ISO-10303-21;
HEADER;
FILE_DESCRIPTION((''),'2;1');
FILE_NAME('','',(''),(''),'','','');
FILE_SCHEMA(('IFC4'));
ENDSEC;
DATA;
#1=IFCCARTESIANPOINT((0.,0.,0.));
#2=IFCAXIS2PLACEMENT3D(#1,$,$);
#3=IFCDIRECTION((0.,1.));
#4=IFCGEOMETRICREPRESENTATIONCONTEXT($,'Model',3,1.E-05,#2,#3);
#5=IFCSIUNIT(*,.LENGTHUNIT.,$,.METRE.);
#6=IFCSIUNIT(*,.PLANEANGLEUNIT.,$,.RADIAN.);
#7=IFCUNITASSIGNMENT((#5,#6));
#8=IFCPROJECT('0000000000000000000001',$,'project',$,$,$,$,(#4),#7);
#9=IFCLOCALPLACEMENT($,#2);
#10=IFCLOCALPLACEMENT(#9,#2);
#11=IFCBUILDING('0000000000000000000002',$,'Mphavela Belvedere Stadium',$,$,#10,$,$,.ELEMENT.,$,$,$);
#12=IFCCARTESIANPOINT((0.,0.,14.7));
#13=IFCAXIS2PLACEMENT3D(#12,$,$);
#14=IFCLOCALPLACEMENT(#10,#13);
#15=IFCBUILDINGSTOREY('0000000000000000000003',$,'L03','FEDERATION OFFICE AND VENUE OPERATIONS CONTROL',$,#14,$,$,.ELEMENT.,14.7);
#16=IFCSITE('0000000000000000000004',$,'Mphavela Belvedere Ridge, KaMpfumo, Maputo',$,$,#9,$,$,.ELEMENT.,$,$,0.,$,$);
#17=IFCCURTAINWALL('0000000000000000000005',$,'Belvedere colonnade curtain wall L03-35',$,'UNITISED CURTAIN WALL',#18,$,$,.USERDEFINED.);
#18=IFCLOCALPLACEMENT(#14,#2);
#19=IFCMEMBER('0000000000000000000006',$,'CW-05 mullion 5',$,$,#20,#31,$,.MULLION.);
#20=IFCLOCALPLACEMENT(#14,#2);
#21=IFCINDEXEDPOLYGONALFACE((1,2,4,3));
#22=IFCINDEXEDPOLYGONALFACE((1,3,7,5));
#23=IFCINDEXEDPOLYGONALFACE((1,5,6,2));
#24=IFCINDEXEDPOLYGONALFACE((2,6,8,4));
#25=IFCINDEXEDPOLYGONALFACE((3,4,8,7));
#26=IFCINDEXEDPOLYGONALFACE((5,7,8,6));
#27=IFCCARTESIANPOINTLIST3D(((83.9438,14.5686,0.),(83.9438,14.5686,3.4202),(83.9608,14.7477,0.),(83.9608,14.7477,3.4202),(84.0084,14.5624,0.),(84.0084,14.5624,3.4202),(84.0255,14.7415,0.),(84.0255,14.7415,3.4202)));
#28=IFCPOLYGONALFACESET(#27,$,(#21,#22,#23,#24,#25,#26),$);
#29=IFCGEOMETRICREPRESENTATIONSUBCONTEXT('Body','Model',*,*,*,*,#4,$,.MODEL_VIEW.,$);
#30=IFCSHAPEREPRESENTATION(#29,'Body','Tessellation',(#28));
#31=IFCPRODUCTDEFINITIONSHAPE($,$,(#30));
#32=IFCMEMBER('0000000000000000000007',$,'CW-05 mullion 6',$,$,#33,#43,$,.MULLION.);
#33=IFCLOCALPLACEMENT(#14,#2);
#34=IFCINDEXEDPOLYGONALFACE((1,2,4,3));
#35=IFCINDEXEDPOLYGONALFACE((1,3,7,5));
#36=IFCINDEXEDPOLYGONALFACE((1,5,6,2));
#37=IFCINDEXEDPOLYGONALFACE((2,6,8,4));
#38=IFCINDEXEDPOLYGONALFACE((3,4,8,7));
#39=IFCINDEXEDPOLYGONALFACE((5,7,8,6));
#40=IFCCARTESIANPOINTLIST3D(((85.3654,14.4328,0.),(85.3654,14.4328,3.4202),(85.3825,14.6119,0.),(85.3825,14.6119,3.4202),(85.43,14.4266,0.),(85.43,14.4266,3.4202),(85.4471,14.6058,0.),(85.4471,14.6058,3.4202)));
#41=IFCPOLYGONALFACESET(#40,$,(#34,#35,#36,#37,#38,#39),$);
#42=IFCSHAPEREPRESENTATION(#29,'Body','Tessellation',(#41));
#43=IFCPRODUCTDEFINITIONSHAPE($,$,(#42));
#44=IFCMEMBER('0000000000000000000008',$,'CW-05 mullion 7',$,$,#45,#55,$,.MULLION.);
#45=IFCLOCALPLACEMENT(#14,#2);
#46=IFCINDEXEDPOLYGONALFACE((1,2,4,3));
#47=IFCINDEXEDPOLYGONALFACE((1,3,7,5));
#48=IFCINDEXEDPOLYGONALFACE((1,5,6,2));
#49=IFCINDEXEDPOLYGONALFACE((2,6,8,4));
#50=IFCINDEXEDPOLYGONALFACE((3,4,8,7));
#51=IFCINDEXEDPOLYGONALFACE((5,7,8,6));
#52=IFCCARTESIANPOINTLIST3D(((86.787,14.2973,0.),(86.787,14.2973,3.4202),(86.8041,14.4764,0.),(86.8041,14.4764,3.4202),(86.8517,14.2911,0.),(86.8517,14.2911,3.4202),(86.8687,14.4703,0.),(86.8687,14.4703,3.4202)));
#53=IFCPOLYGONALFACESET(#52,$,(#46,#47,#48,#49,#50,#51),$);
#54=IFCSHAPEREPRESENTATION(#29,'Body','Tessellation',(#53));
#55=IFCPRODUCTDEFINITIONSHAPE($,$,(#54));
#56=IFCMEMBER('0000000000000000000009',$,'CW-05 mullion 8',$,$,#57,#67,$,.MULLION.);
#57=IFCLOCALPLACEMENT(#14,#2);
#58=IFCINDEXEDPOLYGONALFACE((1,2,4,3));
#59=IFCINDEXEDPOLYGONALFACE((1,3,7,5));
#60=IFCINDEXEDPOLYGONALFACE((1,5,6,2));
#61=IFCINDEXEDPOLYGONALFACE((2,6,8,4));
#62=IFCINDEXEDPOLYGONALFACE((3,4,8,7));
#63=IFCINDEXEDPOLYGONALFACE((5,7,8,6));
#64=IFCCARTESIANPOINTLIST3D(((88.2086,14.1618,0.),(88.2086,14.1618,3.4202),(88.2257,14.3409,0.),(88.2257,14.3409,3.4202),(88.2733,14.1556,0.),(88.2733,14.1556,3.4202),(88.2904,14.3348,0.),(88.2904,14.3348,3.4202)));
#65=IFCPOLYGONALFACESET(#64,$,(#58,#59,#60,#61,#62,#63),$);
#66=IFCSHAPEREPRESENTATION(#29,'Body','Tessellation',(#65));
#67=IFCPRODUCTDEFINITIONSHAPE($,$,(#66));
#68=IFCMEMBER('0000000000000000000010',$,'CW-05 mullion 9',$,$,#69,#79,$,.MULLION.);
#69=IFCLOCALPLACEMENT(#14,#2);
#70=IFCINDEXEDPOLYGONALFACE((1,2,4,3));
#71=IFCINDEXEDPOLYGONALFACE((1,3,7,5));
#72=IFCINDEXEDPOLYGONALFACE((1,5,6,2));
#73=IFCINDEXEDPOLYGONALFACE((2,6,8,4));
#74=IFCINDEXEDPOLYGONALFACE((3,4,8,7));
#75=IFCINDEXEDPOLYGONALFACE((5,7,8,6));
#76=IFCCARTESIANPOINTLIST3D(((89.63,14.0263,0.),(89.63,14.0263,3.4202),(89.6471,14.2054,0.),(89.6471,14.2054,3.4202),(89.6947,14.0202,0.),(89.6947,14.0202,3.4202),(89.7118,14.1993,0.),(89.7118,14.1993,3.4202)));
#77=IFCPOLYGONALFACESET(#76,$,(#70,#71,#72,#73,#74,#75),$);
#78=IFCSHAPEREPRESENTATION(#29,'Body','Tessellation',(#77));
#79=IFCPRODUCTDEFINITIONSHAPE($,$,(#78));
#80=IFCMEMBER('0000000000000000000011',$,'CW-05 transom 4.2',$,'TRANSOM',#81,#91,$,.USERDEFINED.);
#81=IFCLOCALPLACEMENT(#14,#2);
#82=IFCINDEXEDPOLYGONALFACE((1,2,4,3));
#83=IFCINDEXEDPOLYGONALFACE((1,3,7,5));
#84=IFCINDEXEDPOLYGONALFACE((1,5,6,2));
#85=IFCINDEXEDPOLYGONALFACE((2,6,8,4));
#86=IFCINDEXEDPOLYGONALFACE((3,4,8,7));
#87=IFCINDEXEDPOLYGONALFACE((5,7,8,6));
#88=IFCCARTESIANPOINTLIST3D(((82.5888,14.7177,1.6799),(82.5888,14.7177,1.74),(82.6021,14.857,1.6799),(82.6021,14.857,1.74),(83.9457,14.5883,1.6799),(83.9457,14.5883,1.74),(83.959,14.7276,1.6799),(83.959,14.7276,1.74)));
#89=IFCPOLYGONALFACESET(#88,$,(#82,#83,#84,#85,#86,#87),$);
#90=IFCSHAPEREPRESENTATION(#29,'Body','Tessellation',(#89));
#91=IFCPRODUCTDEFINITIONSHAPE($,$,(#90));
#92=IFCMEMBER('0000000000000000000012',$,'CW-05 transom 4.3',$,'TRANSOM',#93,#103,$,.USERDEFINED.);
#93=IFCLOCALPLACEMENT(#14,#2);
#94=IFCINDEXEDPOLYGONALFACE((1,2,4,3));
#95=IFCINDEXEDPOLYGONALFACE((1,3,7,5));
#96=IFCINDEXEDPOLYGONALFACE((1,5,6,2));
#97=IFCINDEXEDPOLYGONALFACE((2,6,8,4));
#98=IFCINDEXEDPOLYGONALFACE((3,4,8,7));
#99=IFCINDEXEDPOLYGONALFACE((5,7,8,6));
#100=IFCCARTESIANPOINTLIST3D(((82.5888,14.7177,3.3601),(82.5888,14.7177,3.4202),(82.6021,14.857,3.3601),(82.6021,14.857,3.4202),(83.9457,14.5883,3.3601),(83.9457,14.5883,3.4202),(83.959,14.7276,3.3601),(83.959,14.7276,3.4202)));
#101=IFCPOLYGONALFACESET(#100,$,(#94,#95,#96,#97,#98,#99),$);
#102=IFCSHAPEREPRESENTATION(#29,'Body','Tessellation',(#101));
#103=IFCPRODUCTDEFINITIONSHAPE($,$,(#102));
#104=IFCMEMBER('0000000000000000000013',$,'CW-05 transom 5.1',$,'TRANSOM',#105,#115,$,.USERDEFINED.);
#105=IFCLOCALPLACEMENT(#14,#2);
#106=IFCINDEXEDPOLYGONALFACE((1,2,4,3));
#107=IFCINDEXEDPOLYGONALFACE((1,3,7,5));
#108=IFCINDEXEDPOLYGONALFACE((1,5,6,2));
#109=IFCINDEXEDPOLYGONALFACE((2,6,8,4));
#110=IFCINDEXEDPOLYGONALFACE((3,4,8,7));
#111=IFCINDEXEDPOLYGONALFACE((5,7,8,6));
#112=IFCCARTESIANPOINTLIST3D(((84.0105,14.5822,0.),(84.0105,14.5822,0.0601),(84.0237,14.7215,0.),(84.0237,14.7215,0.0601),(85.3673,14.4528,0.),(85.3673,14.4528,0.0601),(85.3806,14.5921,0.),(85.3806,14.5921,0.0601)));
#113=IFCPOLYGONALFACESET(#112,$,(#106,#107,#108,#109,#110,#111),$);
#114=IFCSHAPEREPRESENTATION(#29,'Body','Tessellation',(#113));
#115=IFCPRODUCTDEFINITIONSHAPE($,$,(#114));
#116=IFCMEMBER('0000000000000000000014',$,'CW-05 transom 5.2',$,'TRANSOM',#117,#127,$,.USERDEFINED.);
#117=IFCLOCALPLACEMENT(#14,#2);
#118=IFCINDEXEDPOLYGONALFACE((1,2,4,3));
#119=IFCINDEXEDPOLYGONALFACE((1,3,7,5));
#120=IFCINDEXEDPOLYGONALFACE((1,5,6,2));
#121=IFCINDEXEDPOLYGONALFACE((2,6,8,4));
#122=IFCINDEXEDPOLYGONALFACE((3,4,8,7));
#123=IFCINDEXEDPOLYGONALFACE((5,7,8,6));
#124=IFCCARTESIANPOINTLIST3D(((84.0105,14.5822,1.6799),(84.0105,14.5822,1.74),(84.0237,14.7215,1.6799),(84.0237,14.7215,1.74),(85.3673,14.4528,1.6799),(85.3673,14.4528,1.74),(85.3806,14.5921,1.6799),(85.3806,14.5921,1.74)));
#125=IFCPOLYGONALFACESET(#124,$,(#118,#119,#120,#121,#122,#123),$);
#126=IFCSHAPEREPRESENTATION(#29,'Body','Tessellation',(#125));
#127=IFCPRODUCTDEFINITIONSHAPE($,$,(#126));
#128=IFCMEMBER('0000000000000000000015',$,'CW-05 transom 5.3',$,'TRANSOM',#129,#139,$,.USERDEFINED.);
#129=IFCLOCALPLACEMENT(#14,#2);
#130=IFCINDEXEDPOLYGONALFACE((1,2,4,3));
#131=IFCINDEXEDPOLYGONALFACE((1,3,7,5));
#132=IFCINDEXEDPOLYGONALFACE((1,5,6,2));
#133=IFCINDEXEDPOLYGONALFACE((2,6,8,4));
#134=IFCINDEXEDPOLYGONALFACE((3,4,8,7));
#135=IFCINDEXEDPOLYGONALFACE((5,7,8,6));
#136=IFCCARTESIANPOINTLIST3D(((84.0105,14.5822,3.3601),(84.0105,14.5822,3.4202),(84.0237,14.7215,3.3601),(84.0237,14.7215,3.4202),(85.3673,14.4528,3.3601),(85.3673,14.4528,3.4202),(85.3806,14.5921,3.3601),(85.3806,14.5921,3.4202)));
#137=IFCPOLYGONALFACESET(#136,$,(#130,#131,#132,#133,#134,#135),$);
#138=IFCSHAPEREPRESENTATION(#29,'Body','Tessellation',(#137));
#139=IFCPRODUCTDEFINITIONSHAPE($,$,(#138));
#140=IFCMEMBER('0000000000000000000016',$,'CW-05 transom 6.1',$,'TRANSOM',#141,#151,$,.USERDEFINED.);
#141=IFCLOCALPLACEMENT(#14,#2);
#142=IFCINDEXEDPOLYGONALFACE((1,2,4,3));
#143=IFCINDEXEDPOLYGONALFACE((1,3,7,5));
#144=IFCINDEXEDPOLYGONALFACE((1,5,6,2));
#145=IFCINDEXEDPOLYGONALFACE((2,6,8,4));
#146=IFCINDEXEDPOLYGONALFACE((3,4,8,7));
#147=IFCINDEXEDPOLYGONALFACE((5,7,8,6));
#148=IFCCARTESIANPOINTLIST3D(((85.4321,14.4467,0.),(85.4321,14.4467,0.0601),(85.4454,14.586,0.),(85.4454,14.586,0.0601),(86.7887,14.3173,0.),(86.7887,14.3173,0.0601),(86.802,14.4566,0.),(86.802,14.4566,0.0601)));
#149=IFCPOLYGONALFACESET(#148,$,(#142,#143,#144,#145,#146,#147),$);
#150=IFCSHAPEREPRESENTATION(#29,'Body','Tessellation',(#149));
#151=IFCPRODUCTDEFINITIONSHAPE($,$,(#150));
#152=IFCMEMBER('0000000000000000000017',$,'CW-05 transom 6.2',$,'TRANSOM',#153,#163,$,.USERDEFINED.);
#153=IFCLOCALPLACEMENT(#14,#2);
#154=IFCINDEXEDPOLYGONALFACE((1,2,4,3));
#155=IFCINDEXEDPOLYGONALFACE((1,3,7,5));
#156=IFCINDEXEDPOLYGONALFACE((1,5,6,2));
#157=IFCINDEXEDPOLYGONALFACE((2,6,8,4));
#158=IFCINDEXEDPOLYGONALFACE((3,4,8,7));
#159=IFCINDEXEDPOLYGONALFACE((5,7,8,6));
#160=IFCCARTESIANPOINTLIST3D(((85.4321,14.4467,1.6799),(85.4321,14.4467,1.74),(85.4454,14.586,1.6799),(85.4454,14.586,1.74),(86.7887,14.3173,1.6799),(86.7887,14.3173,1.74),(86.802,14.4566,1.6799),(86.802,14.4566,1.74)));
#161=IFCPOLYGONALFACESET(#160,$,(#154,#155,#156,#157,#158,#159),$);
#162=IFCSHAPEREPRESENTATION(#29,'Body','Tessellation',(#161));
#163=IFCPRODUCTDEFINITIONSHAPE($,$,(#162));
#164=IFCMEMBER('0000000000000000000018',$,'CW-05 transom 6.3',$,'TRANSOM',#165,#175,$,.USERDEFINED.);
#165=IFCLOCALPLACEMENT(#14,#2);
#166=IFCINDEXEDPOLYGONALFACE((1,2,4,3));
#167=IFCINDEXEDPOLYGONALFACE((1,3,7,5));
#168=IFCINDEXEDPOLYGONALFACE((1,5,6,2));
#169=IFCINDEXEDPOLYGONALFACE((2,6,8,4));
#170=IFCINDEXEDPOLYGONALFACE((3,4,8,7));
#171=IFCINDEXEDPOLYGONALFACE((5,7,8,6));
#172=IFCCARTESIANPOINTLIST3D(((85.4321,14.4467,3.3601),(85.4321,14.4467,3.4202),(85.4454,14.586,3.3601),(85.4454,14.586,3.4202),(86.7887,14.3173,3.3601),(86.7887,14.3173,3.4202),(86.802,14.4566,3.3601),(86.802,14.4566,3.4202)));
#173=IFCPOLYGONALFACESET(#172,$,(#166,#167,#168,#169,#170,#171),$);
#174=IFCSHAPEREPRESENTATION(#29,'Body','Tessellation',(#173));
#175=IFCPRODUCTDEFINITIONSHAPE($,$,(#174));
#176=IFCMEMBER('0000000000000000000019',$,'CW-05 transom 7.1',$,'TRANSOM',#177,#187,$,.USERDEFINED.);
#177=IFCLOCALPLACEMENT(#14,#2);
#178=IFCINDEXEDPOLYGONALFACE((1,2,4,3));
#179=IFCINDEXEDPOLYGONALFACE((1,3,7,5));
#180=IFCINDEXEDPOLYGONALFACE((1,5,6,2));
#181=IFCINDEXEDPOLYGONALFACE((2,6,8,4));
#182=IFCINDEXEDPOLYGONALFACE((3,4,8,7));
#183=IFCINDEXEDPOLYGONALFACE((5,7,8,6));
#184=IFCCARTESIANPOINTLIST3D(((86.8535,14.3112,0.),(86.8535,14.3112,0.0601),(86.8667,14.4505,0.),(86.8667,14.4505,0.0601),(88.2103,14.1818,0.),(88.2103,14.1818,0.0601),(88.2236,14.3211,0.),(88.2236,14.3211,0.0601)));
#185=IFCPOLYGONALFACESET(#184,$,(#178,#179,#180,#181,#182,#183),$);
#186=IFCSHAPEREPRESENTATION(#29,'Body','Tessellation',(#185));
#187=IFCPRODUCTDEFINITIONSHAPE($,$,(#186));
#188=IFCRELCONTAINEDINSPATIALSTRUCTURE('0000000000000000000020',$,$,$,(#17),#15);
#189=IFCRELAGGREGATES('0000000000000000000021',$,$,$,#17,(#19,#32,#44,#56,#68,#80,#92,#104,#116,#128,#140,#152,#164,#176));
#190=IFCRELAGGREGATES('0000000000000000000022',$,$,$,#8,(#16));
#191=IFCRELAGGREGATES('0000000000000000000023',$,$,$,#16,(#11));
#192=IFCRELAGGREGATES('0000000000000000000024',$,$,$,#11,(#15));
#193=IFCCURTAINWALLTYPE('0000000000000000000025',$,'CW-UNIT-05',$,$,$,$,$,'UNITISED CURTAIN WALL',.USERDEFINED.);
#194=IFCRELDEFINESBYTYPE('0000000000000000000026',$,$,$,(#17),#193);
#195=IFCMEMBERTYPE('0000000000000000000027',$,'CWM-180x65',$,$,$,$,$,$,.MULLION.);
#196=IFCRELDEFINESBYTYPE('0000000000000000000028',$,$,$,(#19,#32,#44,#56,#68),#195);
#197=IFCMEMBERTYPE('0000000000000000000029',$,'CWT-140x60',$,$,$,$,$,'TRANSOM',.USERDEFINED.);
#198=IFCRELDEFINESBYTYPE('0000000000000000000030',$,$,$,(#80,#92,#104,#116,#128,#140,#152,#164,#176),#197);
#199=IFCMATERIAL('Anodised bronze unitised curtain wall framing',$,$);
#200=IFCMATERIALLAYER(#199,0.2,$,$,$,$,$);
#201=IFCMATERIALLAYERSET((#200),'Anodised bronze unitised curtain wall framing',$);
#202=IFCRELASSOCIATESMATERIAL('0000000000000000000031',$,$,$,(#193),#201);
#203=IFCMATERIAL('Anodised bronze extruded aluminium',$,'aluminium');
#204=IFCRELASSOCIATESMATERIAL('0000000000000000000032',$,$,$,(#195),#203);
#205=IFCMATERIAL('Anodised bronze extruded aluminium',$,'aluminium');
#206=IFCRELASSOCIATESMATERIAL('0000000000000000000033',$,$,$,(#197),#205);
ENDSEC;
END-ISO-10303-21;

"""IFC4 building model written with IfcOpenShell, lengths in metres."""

from ifc_helpers import new_model, si_unit, direction, frame, origin, origin_2d, place, context, subcontext, project, spatial, rectangle, extrude, material, layer, layer_set, material_profile, profile_set, type_object, element, aggregate, save


model = new_model("IFC4")

# Units and contexts
model_context = context("Model", 3, precision=1e-05, world=origin(), true_north=direction((0.0, 1.0)))
body_context = subcontext(model_context, "Body", "Model", "MODEL_VIEW")
ifc_project = project(units=[si_unit("LENGTHUNIT", "METRE"), si_unit("PLANEANGLEUNIT", "RADIAN")], contexts=[model_context])

# Site, building, storey
site_placement = place(None, origin())
site = spatial("IfcSite", under=ifc_project, at=site_placement, Name="Mphavela Belvedere Ridge, KaMpfumo, Maputo", CompositionType="ELEMENT", RefElevation=0.0)
building_placement = place(site_placement, origin())
building = spatial("IfcBuilding", under=site, at=building_placement, Name="Mphavela Belvedere Stadium", CompositionType="ELEMENT")
storey_placement = place(building_placement, frame((0.0, 0.0, 14.7)))
storey = spatial("IfcBuildingStorey", under=building, at=storey_placement, Name="L03", Description="FEDERATION OFFICE AND VENUE OPERATIONS CONTROL", CompositionType="ELEMENT", Elevation=14.7)

# Curtain wall, members
ifc_material_1 = material(Name="Anodised bronze unitised curtain wall framing")
ifc_layer_1 = layer(ifc_material_1, 0.2)
ifc_layer_set_1 = layer_set([ifc_layer_1], Name="Anodised bronze unitised curtain wall framing")
curtain_wall_type = type_object("IfcCurtainWallType", Name="CW-UNIT-05", ElementType="UNITISED CURTAIN WALL", PredefinedType="USERDEFINED", material=ifc_layer_set_1)
curtain_wall_placement = place(storey_placement, origin())
curtain_wall = element("IfcCurtainWall", 1, at=curtain_wall_placement, inside=storey, type_object=curtain_wall_type, Name="Belvedere colonnade curtain wall L03-35", ObjectType="UNITISED CURTAIN WALL", PredefinedType="USERDEFINED")
ifc_material_2 = material(Name="Anodised bronze extruded aluminium", Category="aluminium")
ifc_material_profile_1 = material_profile(ifc_material_2, rectangle(XDim=0.1799, YDim=0.0649, at=origin_2d()), Name="CW-MUL 180x65")
ifc_profile_set_1 = profile_set([ifc_material_profile_1], Name="Anodised bronze extruded aluminium")
member_type_1 = type_object("IfcMemberType", Name="CWM-180x65", PredefinedType="MULLION", material=ifc_profile_set_1)
member_1_placement = place(storey_placement, frame((83.9846, 14.655, 0.0), z_axis=(0.0, 0.0, 1.0), x_axis=(0.094929, 0.995484, 0.0)))
member_1 = element("IfcMember", 2, at=member_1_placement, type_object=member_type_1, Name="CW-05 mullion 5", PredefinedType="MULLION", context=body_context, shape_type="SweptSolid", body=[
    extrude(rectangle(XDim=0.1799, YDim=0.0649, at=origin_2d()), origin(), (0.0, 0.0, 1.0), 3.4202),
])
member_2_placement = place(storey_placement, frame((85.4062, 14.5193, 0.0), z_axis=(0.0, 0.0, 1.0), x_axis=(0.094929, 0.995484, 0.0)))
member_2 = element("IfcMember", 3, at=member_2_placement, type_object=member_type_1, Name="CW-05 mullion 6", PredefinedType="MULLION", context=body_context, shape_type="SweptSolid", body=[
    extrude(rectangle(XDim=0.1799, YDim=0.0649, at=origin_2d()), origin(), (0.0, 0.0, 1.0), 3.4202),
])
member_3_placement = place(storey_placement, frame((86.8279, 14.3838, 0.0), z_axis=(0.0, 0.0, 1.0), x_axis=(0.094929, 0.995484, 0.0)))
member_3 = element("IfcMember", 4, at=member_3_placement, type_object=member_type_1, Name="CW-05 mullion 7", PredefinedType="MULLION", context=body_context, shape_type="SweptSolid", body=[
    extrude(rectangle(XDim=0.1799, YDim=0.0649, at=origin_2d()), origin(), (0.0, 0.0, 1.0), 3.4202),
])
member_4_placement = place(storey_placement, frame((88.2495, 14.2483, 0.0), z_axis=(0.0, 0.0, 1.0), x_axis=(0.094929, 0.995484, 0.0)))
member_4 = element("IfcMember", 5, at=member_4_placement, type_object=member_type_1, Name="CW-05 mullion 8", PredefinedType="MULLION", context=body_context, shape_type="SweptSolid", body=[
    extrude(rectangle(XDim=0.1799, YDim=0.0649, at=origin_2d()), origin(), (0.0, 0.0, 1.0), 3.4202),
])
member_5_placement = place(storey_placement, frame((89.6709, 14.1128, 0.0), z_axis=(0.0, 0.0, 1.0), x_axis=(0.094929, 0.995484, 0.0)))
member_5 = element("IfcMember", 6, at=member_5_placement, type_object=member_type_1, Name="CW-05 mullion 9", PredefinedType="MULLION", context=body_context, shape_type="SweptSolid", body=[
    extrude(rectangle(XDim=0.1799, YDim=0.0649, at=origin_2d()), origin(), (0.0, 0.0, 1.0), 3.4202),
])
ifc_material_3 = material(Name="Anodised bronze extruded aluminium", Category="aluminium")
ifc_material_profile_2 = material_profile(ifc_material_3, rectangle(XDim=0.1399, YDim=0.0601, at=origin_2d()), Name="CW-TRN 140x60")
ifc_profile_set_2 = profile_set([ifc_material_profile_2], Name="Anodised bronze extruded aluminium")
member_type_2 = type_object("IfcMemberType", Name="CWT-140x60", ElementType="TRANSOM", PredefinedType="USERDEFINED", material=ifc_profile_set_2)
member_6_placement = place(storey_placement, frame((82.5955, 14.7874, 1.71), z_axis=(0.995484, -0.094927, 0.0), x_axis=(0.094927, 0.995484, 0.0)))
member_6 = element("IfcMember", 7, at=member_6_placement, type_object=member_type_2, Name="CW-05 transom 4.2", ObjectType="TRANSOM", PredefinedType="USERDEFINED", context=body_context, shape_type="SweptSolid", body=[
    extrude(rectangle(XDim=0.1399, YDim=0.0601, at=origin_2d()), origin(), (0.0, 0.0, 1.0), 1.363),
])
member_7_placement = place(storey_placement, frame((82.5955, 14.7874, 3.3901), z_axis=(0.995484, -0.094927, 0.0), x_axis=(0.094927, 0.995484, 0.0)))
member_7 = element("IfcMember", 8, at=member_7_placement, type_object=member_type_2, Name="CW-05 transom 4.3", ObjectType="TRANSOM", PredefinedType="USERDEFINED", context=body_context, shape_type="SweptSolid", body=[
    extrude(rectangle(XDim=0.1399, YDim=0.0601, at=origin_2d()), origin(), (0.0, 0.0, 1.0), 1.363),
])
member_8_placement = place(storey_placement, frame((84.0171, 14.6519, 0.03), z_axis=(0.995484, -0.094927, 0.0), x_axis=(0.094927, 0.995484, 0.0)))
member_8 = element("IfcMember", 9, at=member_8_placement, type_object=member_type_2, Name="CW-05 transom 5.1", ObjectType="TRANSOM", PredefinedType="USERDEFINED", context=body_context, shape_type="SweptSolid", body=[
    extrude(rectangle(XDim=0.1399, YDim=0.0601, at=origin_2d()), origin(), (0.0, 0.0, 1.0), 1.363),
])
member_9_placement = place(storey_placement, frame((84.0171, 14.6519, 1.71), z_axis=(0.995484, -0.094927, 0.0), x_axis=(0.094927, 0.995484, 0.0)))
member_9 = element("IfcMember", 10, at=member_9_placement, type_object=member_type_2, Name="CW-05 transom 5.2", ObjectType="TRANSOM", PredefinedType="USERDEFINED", context=body_context, shape_type="SweptSolid", body=[
    extrude(rectangle(XDim=0.1399, YDim=0.0601, at=origin_2d()), origin(), (0.0, 0.0, 1.0), 1.363),
])
member_10_placement = place(storey_placement, frame((84.0171, 14.6519, 3.3901), z_axis=(0.995484, -0.094927, 0.0), x_axis=(0.094927, 0.995484, 0.0)))
member_10 = element("IfcMember", 11, at=member_10_placement, type_object=member_type_2, Name="CW-05 transom 5.3", ObjectType="TRANSOM", PredefinedType="USERDEFINED", context=body_context, shape_type="SweptSolid", body=[
    extrude(rectangle(XDim=0.1399, YDim=0.0601, at=origin_2d()), origin(), (0.0, 0.0, 1.0), 1.363),
])
member_11_placement = place(storey_placement, frame((85.4387, 14.5164, 0.03), z_axis=(0.995483, -0.094944, 0.0), x_axis=(0.094944, 0.995483, 0.0)))
member_11 = element("IfcMember", 12, at=member_11_placement, type_object=member_type_2, Name="CW-05 transom 6.1", ObjectType="TRANSOM", PredefinedType="USERDEFINED", context=body_context, shape_type="SweptSolid", body=[
    extrude(rectangle(XDim=0.1399, YDim=0.0601, at=origin_2d()), origin(), (0.0, 0.0, 1.0), 1.3628),
])
member_12_placement = place(storey_placement, frame((85.4387, 14.5164, 1.71), z_axis=(0.995483, -0.094944, 0.0), x_axis=(0.094944, 0.995483, 0.0)))
member_12 = element("IfcMember", 13, at=member_12_placement, type_object=member_type_2, Name="CW-05 transom 6.2", ObjectType="TRANSOM", PredefinedType="USERDEFINED", context=body_context, shape_type="SweptSolid", body=[
    extrude(rectangle(XDim=0.1399, YDim=0.0601, at=origin_2d()), origin(), (0.0, 0.0, 1.0), 1.3628),
])
member_13_placement = place(storey_placement, frame((85.4387, 14.5164, 3.3901), z_axis=(0.995483, -0.094944, 0.0), x_axis=(0.094944, 0.995483, 0.0)))
member_13 = element("IfcMember", 14, at=member_13_placement, type_object=member_type_2, Name="CW-05 transom 6.3", ObjectType="TRANSOM", PredefinedType="USERDEFINED", context=body_context, shape_type="SweptSolid", body=[
    extrude(rectangle(XDim=0.1399, YDim=0.0601, at=origin_2d()), origin(), (0.0, 0.0, 1.0), 1.3628),
])
member_14_placement = place(storey_placement, frame((86.8601, 14.3809, 0.03), z_axis=(0.995484, -0.094927, 0.0), x_axis=(0.094927, 0.995484, 0.0)))
member_14 = element("IfcMember", 15, at=member_14_placement, type_object=member_type_2, Name="CW-05 transom 7.1", ObjectType="TRANSOM", PredefinedType="USERDEFINED", context=body_context, shape_type="SweptSolid", body=[
    extrude(rectangle(XDim=0.1399, YDim=0.0601, at=origin_2d()), origin(), (0.0, 0.0, 1.0), 1.363),
])
aggregate(curtain_wall, [member_1, member_2, member_3, member_4, member_5, member_6, member_7, member_8, member_9, member_10, member_11, member_12, member_13, member_14])

save(model, "model.ifc")
